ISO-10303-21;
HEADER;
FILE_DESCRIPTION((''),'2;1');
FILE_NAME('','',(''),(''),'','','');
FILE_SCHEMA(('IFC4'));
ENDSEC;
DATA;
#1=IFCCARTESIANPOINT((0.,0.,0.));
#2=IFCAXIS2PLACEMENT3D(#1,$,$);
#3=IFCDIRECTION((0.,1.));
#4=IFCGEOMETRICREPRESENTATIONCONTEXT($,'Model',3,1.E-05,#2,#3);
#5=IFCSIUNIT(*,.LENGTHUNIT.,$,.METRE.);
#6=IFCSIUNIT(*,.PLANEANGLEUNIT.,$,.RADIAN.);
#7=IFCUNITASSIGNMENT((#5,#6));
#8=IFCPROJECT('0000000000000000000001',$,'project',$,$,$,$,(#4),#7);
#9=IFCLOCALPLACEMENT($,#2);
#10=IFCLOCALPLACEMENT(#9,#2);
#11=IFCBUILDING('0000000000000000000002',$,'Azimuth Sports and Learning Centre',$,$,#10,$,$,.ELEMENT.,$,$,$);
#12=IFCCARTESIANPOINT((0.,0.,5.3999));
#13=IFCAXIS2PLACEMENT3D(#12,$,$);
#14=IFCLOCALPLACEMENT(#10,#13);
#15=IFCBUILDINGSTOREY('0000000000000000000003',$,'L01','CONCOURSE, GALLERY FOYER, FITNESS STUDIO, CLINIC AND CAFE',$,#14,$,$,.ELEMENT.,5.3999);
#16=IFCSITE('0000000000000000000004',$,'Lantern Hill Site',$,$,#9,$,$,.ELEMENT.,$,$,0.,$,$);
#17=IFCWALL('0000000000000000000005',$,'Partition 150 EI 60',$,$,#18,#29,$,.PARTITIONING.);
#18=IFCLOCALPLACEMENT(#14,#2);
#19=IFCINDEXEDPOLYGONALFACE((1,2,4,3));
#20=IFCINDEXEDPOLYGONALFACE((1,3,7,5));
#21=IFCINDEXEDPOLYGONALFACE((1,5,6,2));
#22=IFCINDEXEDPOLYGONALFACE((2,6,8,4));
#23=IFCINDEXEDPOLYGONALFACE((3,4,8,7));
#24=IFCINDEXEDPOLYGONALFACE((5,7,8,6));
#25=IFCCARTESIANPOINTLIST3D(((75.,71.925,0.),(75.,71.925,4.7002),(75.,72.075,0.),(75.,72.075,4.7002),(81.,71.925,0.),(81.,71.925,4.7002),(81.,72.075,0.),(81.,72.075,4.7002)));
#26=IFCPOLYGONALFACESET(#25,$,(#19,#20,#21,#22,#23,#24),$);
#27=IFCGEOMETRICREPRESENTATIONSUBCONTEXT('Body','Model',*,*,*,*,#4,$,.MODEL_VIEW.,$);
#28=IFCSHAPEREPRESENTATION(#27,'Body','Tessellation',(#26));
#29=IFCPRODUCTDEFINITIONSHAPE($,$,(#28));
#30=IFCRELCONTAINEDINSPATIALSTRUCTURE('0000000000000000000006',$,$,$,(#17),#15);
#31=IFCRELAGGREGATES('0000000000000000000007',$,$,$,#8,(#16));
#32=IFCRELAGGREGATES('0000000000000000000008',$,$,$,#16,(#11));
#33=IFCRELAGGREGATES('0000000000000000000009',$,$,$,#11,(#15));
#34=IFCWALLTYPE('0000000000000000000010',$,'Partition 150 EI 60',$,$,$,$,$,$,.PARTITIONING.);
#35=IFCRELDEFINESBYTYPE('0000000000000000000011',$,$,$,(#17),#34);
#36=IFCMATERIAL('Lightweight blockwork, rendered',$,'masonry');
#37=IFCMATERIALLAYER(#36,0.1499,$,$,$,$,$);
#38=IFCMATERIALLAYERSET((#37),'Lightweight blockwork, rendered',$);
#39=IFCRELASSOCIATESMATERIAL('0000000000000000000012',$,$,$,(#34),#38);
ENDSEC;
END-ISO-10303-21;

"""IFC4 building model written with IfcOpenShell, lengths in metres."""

from ifc_helpers import new_model, si_unit, direction, frame, frame_2d, origin, place, context, subcontext, project, spatial, rectangle, extrude, material, layer, layer_set, type_object, element, save


model = new_model("IFC4")

# Units and contexts
model_context = context("Model", 3, precision=1e-05, world=origin(), true_north=direction((0.0, 1.0)))
body_context = subcontext(model_context, "Body", "Model", "MODEL_VIEW")
ifc_project = project(units=[si_unit("LENGTHUNIT", "METRE"), si_unit("PLANEANGLEUNIT", "RADIAN")], contexts=[model_context])

# Site, building, storey
site_placement = place(None, origin())
site = spatial("IfcSite", under=ifc_project, at=site_placement, Name="Lantern Hill Site", CompositionType="ELEMENT", RefElevation=0.0)
building_placement = place(site_placement, origin())
building = spatial("IfcBuilding", under=site, at=building_placement, Name="Azimuth Sports and Learning Centre", CompositionType="ELEMENT")
storey_placement = place(building_placement, frame((0.0, 0.0, 5.3999)))
storey = spatial("IfcBuildingStorey", under=building, at=storey_placement, Name="L01", Description="CONCOURSE, GALLERY FOYER, FITNESS STUDIO, CLINIC AND CAFE", CompositionType="ELEMENT", Elevation=5.3999)

# Wall
ifc_material_1 = material(Name="Lightweight blockwork, rendered", Category="masonry")
ifc_layer_1 = layer(ifc_material_1, 0.1499)
ifc_layer_set_1 = layer_set([ifc_layer_1], Name="Lightweight blockwork, rendered")
wall_type_1 = type_object("IfcWallType", Name="Partition 150 EI 60", PredefinedType="PARTITIONING", material=ifc_layer_set_1)
wall_1_placement = place(storey_placement, frame((75.0, 72.0, 0.0), z_axis=(0.0, 0.0, 1.0), x_axis=(1.0, 0.0, 0.0)))
element("IfcWall", 1, at=wall_1_placement, inside=storey, type_object=wall_type_1, Name="Partition 150 EI 60", PredefinedType="PARTITIONING", context=body_context, shape_type="SweptSolid", body=[
    extrude(rectangle(XDim=6.0, YDim=0.1499, at=frame_2d((3.0, 0.0))), origin(), (0.0, 0.0, 1.0), 4.7002),
])

save(model, "model.ifc")
